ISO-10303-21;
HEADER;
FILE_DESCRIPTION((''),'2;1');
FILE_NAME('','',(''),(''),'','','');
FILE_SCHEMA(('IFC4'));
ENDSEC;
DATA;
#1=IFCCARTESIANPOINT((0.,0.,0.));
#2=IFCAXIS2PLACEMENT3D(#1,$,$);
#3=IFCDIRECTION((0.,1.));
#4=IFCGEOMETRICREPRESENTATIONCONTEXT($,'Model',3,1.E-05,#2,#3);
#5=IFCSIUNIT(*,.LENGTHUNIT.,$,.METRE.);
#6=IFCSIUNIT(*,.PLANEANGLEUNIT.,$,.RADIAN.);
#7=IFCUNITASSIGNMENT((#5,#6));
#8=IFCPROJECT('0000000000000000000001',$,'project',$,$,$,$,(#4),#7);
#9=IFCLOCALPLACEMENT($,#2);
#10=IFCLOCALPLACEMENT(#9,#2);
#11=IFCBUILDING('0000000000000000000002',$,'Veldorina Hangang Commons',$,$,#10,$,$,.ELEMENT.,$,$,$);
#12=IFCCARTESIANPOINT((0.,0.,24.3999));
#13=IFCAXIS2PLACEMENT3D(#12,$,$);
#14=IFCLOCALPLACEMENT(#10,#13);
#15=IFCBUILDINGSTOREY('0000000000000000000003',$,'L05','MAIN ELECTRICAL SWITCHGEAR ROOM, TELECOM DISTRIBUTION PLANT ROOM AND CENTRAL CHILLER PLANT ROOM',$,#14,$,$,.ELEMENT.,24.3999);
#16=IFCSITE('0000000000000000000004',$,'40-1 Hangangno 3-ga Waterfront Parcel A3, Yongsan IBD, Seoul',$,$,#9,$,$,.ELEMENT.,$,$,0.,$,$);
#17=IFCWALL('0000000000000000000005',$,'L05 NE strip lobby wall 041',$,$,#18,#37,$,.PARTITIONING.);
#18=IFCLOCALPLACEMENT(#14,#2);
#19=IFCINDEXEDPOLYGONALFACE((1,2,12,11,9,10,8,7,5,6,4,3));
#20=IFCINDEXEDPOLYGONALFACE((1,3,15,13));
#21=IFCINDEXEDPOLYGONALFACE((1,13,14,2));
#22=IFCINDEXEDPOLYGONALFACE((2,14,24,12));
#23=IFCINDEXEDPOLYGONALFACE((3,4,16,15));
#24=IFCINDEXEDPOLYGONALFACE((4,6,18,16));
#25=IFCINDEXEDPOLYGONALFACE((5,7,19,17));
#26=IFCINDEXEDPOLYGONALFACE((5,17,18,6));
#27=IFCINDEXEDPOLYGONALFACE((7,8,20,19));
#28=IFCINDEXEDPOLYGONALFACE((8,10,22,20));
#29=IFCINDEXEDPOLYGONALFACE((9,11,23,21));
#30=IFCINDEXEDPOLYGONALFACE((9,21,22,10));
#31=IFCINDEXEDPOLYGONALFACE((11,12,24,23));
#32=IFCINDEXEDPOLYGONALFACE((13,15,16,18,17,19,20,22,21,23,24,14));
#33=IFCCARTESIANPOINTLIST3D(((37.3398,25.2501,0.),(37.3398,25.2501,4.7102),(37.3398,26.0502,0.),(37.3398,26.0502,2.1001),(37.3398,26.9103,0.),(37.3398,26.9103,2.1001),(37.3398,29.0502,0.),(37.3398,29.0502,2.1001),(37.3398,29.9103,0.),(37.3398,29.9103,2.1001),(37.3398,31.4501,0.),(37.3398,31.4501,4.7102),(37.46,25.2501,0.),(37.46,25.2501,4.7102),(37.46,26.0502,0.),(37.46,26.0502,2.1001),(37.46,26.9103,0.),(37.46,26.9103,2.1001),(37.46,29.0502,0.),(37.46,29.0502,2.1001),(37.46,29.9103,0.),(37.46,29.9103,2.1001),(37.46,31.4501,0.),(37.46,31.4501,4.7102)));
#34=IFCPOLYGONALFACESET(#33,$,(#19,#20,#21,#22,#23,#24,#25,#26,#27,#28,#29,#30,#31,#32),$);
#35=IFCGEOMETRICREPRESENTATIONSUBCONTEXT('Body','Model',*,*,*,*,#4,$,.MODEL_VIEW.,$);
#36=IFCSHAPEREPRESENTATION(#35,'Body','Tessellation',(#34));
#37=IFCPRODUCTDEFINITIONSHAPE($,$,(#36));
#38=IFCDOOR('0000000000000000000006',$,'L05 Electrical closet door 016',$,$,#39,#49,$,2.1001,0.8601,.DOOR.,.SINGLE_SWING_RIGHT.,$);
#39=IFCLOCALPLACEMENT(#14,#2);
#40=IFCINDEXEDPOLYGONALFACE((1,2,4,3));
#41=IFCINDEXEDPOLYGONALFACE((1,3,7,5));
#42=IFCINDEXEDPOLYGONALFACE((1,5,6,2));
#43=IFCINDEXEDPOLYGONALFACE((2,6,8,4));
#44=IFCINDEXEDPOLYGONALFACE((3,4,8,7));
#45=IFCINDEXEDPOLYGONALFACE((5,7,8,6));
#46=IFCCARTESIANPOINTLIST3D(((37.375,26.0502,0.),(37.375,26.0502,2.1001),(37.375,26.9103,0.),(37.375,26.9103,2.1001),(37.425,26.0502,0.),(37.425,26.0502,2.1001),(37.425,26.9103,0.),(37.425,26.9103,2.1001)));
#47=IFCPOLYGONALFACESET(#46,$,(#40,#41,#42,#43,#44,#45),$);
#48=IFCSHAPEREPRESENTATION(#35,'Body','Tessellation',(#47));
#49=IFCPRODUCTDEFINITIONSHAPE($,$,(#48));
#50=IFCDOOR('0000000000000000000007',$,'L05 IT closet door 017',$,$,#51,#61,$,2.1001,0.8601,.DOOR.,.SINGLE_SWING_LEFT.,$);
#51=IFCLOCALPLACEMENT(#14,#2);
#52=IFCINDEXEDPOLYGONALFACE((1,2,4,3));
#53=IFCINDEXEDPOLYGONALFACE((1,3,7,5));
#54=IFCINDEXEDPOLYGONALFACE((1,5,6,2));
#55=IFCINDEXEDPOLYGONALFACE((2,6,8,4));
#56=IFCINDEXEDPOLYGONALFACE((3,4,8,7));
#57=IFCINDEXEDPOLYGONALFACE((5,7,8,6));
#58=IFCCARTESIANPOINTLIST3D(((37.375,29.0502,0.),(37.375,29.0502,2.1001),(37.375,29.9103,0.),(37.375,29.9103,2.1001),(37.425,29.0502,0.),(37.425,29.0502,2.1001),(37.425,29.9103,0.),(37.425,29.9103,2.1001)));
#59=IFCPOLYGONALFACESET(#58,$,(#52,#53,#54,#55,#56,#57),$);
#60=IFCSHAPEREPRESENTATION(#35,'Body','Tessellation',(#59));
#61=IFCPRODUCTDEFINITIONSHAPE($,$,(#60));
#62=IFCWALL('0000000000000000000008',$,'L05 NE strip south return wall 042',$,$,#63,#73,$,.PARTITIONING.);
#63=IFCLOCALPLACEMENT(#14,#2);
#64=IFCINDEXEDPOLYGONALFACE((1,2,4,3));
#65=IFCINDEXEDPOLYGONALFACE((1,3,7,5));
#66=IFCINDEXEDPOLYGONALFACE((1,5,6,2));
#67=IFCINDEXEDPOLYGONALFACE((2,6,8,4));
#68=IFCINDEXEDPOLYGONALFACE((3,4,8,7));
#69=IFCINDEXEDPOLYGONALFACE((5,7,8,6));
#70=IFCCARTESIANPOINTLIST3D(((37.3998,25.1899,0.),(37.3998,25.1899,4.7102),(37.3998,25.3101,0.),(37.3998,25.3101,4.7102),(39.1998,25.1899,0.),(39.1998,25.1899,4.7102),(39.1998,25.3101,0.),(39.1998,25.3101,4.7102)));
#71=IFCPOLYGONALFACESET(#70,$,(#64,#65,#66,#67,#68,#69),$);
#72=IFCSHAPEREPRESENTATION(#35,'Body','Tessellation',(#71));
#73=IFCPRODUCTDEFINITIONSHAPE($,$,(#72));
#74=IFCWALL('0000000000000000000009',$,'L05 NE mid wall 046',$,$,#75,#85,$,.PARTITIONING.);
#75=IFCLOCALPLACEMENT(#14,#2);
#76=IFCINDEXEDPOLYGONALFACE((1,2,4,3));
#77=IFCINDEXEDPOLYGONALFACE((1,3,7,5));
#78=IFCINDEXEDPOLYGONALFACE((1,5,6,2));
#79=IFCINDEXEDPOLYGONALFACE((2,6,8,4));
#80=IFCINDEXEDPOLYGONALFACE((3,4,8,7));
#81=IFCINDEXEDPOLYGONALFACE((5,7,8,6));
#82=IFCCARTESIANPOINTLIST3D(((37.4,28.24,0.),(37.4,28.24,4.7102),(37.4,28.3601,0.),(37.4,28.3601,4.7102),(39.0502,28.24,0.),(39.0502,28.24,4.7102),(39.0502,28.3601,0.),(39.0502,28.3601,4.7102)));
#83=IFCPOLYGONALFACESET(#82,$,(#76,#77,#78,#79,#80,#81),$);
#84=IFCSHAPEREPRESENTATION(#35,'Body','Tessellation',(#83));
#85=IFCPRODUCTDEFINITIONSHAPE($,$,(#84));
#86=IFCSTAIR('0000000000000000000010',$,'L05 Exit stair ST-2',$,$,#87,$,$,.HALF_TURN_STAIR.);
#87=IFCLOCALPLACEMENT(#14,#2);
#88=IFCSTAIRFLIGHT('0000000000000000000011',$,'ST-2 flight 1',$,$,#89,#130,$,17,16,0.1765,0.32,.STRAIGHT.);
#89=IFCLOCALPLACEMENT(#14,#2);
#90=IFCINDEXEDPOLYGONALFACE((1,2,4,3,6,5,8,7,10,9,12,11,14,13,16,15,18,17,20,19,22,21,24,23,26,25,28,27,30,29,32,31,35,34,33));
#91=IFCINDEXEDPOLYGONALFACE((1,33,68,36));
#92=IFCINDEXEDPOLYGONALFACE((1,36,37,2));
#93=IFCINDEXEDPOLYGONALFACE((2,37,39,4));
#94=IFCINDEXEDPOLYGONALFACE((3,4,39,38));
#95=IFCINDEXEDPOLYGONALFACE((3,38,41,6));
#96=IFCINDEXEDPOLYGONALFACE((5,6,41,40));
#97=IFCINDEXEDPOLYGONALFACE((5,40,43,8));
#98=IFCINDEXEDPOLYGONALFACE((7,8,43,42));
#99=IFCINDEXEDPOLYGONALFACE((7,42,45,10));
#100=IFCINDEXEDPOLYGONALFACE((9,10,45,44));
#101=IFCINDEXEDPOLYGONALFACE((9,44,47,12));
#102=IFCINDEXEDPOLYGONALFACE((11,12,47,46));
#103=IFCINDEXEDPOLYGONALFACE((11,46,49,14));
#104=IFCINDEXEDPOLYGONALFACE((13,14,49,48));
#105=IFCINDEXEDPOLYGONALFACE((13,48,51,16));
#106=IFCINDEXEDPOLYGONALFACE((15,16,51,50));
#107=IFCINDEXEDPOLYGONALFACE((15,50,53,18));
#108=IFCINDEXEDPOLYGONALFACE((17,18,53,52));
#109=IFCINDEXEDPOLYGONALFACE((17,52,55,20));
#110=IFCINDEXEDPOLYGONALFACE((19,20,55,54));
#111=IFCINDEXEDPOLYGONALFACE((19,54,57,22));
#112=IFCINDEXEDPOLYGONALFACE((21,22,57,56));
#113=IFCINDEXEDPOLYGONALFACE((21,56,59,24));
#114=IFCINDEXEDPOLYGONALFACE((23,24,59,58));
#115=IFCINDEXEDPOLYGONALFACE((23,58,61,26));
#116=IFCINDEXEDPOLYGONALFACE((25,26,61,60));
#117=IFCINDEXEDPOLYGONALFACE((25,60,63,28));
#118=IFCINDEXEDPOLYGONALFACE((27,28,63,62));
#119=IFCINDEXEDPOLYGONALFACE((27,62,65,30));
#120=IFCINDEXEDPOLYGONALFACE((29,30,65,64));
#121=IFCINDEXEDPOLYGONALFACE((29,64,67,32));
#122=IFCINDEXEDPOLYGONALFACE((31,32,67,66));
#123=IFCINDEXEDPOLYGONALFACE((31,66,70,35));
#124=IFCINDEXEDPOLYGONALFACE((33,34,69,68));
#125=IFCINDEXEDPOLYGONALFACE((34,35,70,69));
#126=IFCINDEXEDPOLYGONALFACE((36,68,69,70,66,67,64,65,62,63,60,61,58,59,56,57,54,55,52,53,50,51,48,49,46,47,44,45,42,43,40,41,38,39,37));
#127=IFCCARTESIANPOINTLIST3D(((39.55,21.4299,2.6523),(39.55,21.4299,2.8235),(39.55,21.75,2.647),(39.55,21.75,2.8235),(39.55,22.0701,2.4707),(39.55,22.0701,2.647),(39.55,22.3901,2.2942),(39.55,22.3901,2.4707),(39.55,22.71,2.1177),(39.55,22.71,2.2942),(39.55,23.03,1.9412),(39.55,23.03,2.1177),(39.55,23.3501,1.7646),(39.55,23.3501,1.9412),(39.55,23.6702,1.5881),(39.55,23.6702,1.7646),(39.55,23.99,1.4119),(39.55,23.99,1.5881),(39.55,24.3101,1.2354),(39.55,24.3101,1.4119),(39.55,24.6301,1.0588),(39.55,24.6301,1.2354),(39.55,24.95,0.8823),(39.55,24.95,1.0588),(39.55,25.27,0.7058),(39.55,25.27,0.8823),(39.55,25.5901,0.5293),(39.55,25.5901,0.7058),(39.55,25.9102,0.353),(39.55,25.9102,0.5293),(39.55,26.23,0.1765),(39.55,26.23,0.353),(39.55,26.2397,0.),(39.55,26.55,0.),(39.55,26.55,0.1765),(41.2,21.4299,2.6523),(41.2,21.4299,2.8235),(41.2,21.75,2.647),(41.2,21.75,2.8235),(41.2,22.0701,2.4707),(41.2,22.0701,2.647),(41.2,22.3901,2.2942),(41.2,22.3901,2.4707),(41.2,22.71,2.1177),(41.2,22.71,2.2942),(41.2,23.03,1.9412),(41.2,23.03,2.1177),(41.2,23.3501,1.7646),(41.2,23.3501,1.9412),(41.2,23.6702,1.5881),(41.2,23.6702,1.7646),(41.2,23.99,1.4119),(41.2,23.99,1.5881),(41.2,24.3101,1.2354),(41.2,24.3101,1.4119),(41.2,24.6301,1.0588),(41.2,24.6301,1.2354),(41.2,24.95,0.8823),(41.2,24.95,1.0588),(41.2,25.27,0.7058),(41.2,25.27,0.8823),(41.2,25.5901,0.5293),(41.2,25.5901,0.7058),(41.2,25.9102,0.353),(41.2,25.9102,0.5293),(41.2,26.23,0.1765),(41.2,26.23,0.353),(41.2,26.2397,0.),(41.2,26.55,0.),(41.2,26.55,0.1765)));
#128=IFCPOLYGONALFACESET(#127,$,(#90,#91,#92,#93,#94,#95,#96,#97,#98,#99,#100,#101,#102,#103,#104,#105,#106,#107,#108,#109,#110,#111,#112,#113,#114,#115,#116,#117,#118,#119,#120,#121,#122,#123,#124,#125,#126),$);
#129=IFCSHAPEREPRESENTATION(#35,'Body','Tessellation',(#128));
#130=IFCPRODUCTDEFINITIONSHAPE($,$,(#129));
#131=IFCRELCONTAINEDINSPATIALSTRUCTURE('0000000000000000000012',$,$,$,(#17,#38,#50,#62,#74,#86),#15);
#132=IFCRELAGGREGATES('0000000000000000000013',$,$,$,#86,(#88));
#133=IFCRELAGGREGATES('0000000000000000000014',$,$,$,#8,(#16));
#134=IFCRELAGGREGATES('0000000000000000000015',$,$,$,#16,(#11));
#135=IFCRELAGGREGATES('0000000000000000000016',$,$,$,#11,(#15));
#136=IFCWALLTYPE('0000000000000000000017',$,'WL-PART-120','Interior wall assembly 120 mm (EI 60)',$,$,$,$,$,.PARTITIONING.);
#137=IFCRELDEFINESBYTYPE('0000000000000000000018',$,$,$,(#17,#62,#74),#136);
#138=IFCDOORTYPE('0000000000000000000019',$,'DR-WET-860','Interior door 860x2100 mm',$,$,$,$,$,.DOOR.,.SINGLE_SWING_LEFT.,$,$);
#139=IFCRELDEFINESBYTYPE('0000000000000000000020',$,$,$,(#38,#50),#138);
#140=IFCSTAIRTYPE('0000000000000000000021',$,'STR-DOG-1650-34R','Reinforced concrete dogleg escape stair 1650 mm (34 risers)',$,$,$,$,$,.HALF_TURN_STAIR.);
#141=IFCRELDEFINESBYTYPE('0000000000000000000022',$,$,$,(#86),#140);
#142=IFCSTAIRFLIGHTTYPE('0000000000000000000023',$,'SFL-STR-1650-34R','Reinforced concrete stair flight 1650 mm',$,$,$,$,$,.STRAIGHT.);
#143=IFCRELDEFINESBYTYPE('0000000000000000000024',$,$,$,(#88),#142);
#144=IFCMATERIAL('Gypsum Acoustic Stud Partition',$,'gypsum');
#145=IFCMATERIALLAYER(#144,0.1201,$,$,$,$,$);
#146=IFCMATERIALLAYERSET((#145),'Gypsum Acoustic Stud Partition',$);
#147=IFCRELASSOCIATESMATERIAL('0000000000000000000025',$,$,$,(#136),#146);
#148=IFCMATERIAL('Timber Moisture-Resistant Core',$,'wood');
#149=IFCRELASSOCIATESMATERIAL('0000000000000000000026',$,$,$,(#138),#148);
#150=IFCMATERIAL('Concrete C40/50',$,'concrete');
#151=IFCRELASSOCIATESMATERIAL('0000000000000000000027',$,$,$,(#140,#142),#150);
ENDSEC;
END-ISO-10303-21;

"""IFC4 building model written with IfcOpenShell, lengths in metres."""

from ifc_helpers import new_model, si_unit, direction, frame, frame_2d, origin, place, context, subcontext, project, spatial, polyline, rectangle, outline, extrude, material, layer, layer_set, type_object, element, fill, aggregate, save


model = new_model("IFC4")

# Units and contexts
model_context = context("Model", 3, precision=1e-05, world=origin(), true_north=direction((0.0, 1.0)))
body_context = subcontext(model_context, "Body", "Model", "MODEL_VIEW")
ifc_project = project(units=[si_unit("LENGTHUNIT", "METRE"), si_unit("PLANEANGLEUNIT", "RADIAN")], contexts=[model_context])

# Site, building, storey
site_placement = place(None, origin())
site = spatial("IfcSite", under=ifc_project, at=site_placement, Name="40-1 Hangangno 3-ga Waterfront Parcel A3, Yongsan IBD, Seoul", CompositionType="ELEMENT", RefElevation=0.0)
building_placement = place(site_placement, origin())
building = spatial("IfcBuilding", under=site, at=building_placement, Name="Veldorina Hangang Commons", CompositionType="ELEMENT")
storey_placement = place(building_placement, frame((0.0, 0.0, 24.3999)))
storey = spatial("IfcBuildingStorey", under=building, at=storey_placement, Name="L05", Description="MAIN ELECTRICAL SWITCHGEAR ROOM, TELECOM DISTRIBUTION PLANT ROOM AND CENTRAL CHILLER PLANT ROOM", CompositionType="ELEMENT", Elevation=24.3999)

# Wall, openings, doors
ifc_material_1 = material(Name="Gypsum Acoustic Stud Partition", Category="gypsum")
ifc_layer_1 = layer(ifc_material_1, 0.1201)
ifc_layer_set_1 = layer_set([ifc_layer_1], Name="Gypsum Acoustic Stud Partition")
wall_type_1 = type_object("IfcWallType", Name="WL-PART-120", Description="Interior wall assembly 120 mm (EI 60)", PredefinedType="PARTITIONING", material=ifc_layer_set_1)
wall_1_placement = place(storey_placement, frame((37.3999, 25.25, 0.0), z_axis=(0.0, 0.0, 1.0), x_axis=(0.0, 1.0, 0.0)))
wall_1 = element("IfcWall", 1, at=wall_1_placement, inside=storey, type_object=wall_type_1, Name="L05 NE strip lobby wall 041", PredefinedType="PARTITIONING", context=body_context, shape_type="SweptSolid", body=[
    extrude(rectangle(XDim=6.2, YDim=0.1201, at=frame_2d((3.1001, 0.0))), origin(), (0.0, 0.0, 1.0), 4.7102),
])
opening_1_placement = place(wall_1_placement, frame((0.8, 0.0, 0.0)))
opening_1 = element("IfcOpeningElement", 2, at=opening_1_placement, cuts=wall_1, PredefinedType="OPENING", context=body_context, shape_type="SweptSolid", body=[
    extrude(rectangle(XDim=0.8601, YDim=2.1001, at=frame_2d((0.4302, 1.05))), frame((0.0, 0.0701, 0.0), z_axis=(0.0, -1.0, 0.0), x_axis=(1.0, 0.0, 0.0)), (0.0, 0.0, 1.0), 0.1401),
])
opening_2_placement = place(wall_1_placement, frame((3.8, 0.0, 0.0)))
opening_2 = element("IfcOpeningElement", 3, at=opening_2_placement, cuts=wall_1, PredefinedType="OPENING", context=body_context, shape_type="SweptSolid", body=[
    extrude(rectangle(XDim=0.8601, YDim=2.1001, at=frame_2d((0.4302, 1.05))), frame((0.0, 0.0701, 0.0), z_axis=(0.0, -1.0, 0.0), x_axis=(1.0, 0.0, 0.0)), (0.0, 0.0, 1.0), 0.1401),
])
ifc_material_2 = material(Name="Timber Moisture-Resistant Core", Category="wood")
door_type_1 = type_object("IfcDoorType", Name="DR-WET-860", Description="Interior door 860x2100 mm", OperationType="SINGLE_SWING_LEFT", PredefinedType="DOOR", material=ifc_material_2)
door_1_placement = place(opening_1_placement, origin())
door_1 = element("IfcDoor", 4, at=door_1_placement, inside=storey, type_object=door_type_1, Name="L05 Electrical closet door 016", OperationType="SINGLE_SWING_RIGHT", OverallHeight=2.1001, OverallWidth=0.8601, PredefinedType="DOOR", context=body_context, shape_type="SweptSolid", body=[
    extrude(rectangle(XDim=0.8601, YDim=2.1001, at=frame_2d((0.4302, 1.05))), frame((0.0, 0.0249, 0.0), z_axis=(0.0, -1.0, 0.0), x_axis=(1.0, 0.0, 0.0)), (0.0, 0.0, 1.0), 0.05),
])
fill(opening_1, door_1)
door_2_placement = place(opening_2_placement, origin())
door_2 = element("IfcDoor", 5, at=door_2_placement, inside=storey, type_object=door_type_1, Name="L05 IT closet door 017", OperationType="SINGLE_SWING_LEFT", OverallHeight=2.1001, OverallWidth=0.8601, PredefinedType="DOOR", context=body_context, shape_type="SweptSolid", body=[
    extrude(rectangle(XDim=0.8601, YDim=2.1001, at=frame_2d((0.4302, 1.05))), frame((0.0, 0.0249, 0.0), z_axis=(0.0, -1.0, 0.0), x_axis=(1.0, 0.0, 0.0)), (0.0, 0.0, 1.0), 0.05),
])
fill(opening_2, door_2)

# Walls
wall_2_placement = place(storey_placement, frame((37.3999, 25.25, 0.0), z_axis=(0.0, 0.0, 1.0), x_axis=(1.0, 0.0, 0.0)))
element("IfcWall", 6, at=wall_2_placement, inside=storey, type_object=wall_type_1, Name="L05 NE strip south return wall 042", PredefinedType="PARTITIONING", context=body_context, shape_type="SweptSolid", body=[
    extrude(rectangle(XDim=1.8, YDim=0.1201, at=frame_2d((0.8999, 0.0))), origin(), (0.0, 0.0, 1.0), 4.7102),
])
wall_3_placement = place(storey_placement, frame((37.3999, 28.3, 0.0), z_axis=(0.0, 0.0, 1.0), x_axis=(1.0, 0.0, 0.0)))
element("IfcWall", 7, at=wall_3_placement, inside=storey, type_object=wall_type_1, Name="L05 NE mid wall 046", PredefinedType="PARTITIONING", context=body_context, shape_type="SweptSolid", body=[
    extrude(rectangle(XDim=1.6501, YDim=0.1201, at=frame_2d((0.8252, 0.0))), origin(), (0.0, 0.0, 1.0), 4.7102),
])

# Stair, stair flight
ifc_material_3 = material(Name="Concrete C40/50", Category="concrete")
stair_type = type_object("IfcStairType", Name="STR-DOG-1650-34R", Description="Reinforced concrete dogleg escape stair 1650 mm (34 risers)", PredefinedType="HALF_TURN_STAIR", material=ifc_material_3)
stair_placement = place(storey_placement, origin())
stair = element("IfcStair", 8, at=stair_placement, inside=storey, type_object=stair_type, Name="L05 Exit stair ST-2", PredefinedType="HALF_TURN_STAIR")
stair_flight_type = type_object("IfcStairFlightType", Name="SFL-STR-1650-34R", Description="Reinforced concrete stair flight 1650 mm", PredefinedType="STRAIGHT", material=ifc_material_3)
stair_flight_placement = place(storey_placement, frame((40.375, 26.55, 0.0), z_axis=(0.0, 0.0, 1.0), x_axis=(0.0, -1.0, 0.0)))
stair_flight = element("IfcStairFlight", 9, at=stair_flight_placement, type_object=stair_flight_type, Name="ST-2 flight 1", NumberOfRisers=17, NumberOfTreads=16, PredefinedType="STRAIGHT", RiserHeight=0.1765, TreadLength=0.32, context=body_context, shape_type="SweptSolid", body=[
    extrude(outline(polyline([(0.0, 0.0), (0.0, 0.1765), (0.3201, 0.1765), (0.3201, 0.353), (0.6399, 0.353), (0.6399, 0.5293), (0.96, 0.5293), (0.96, 0.7058), (1.28, 0.7058), (1.28, 0.8823), (1.6001, 0.8823), (1.6001, 1.0588), (1.9199, 1.0588), (1.9199, 1.2354), (2.24, 1.2354), (2.24, 1.4119), (2.5601, 1.4119), (2.5601, 1.5881), (2.8799, 1.5881), (2.8799, 1.7646), (3.2, 1.7646), (3.2, 1.9412), (3.52, 1.9412), (3.52, 2.1177), (3.8401, 2.1177), (3.8401, 2.2942), (4.1599, 2.2942), (4.1599, 2.4707), (4.48, 2.4707), (4.48, 2.647), (4.8, 2.647), (4.8, 2.8235), (5.1201, 2.8235), (5.1201, 3.0), (5.1201, 2.6523), (0.3103, 0.0), (0.0, 0.0)])), frame((0.0, 0.825, 0.0), z_axis=(0.0, -1.0, 0.0), x_axis=(1.0, 0.0, 0.0)), (0.0, 0.0, 1.0), 1.6499),
])
aggregate(stair, [stair_flight])

save(model, "model.ifc")
